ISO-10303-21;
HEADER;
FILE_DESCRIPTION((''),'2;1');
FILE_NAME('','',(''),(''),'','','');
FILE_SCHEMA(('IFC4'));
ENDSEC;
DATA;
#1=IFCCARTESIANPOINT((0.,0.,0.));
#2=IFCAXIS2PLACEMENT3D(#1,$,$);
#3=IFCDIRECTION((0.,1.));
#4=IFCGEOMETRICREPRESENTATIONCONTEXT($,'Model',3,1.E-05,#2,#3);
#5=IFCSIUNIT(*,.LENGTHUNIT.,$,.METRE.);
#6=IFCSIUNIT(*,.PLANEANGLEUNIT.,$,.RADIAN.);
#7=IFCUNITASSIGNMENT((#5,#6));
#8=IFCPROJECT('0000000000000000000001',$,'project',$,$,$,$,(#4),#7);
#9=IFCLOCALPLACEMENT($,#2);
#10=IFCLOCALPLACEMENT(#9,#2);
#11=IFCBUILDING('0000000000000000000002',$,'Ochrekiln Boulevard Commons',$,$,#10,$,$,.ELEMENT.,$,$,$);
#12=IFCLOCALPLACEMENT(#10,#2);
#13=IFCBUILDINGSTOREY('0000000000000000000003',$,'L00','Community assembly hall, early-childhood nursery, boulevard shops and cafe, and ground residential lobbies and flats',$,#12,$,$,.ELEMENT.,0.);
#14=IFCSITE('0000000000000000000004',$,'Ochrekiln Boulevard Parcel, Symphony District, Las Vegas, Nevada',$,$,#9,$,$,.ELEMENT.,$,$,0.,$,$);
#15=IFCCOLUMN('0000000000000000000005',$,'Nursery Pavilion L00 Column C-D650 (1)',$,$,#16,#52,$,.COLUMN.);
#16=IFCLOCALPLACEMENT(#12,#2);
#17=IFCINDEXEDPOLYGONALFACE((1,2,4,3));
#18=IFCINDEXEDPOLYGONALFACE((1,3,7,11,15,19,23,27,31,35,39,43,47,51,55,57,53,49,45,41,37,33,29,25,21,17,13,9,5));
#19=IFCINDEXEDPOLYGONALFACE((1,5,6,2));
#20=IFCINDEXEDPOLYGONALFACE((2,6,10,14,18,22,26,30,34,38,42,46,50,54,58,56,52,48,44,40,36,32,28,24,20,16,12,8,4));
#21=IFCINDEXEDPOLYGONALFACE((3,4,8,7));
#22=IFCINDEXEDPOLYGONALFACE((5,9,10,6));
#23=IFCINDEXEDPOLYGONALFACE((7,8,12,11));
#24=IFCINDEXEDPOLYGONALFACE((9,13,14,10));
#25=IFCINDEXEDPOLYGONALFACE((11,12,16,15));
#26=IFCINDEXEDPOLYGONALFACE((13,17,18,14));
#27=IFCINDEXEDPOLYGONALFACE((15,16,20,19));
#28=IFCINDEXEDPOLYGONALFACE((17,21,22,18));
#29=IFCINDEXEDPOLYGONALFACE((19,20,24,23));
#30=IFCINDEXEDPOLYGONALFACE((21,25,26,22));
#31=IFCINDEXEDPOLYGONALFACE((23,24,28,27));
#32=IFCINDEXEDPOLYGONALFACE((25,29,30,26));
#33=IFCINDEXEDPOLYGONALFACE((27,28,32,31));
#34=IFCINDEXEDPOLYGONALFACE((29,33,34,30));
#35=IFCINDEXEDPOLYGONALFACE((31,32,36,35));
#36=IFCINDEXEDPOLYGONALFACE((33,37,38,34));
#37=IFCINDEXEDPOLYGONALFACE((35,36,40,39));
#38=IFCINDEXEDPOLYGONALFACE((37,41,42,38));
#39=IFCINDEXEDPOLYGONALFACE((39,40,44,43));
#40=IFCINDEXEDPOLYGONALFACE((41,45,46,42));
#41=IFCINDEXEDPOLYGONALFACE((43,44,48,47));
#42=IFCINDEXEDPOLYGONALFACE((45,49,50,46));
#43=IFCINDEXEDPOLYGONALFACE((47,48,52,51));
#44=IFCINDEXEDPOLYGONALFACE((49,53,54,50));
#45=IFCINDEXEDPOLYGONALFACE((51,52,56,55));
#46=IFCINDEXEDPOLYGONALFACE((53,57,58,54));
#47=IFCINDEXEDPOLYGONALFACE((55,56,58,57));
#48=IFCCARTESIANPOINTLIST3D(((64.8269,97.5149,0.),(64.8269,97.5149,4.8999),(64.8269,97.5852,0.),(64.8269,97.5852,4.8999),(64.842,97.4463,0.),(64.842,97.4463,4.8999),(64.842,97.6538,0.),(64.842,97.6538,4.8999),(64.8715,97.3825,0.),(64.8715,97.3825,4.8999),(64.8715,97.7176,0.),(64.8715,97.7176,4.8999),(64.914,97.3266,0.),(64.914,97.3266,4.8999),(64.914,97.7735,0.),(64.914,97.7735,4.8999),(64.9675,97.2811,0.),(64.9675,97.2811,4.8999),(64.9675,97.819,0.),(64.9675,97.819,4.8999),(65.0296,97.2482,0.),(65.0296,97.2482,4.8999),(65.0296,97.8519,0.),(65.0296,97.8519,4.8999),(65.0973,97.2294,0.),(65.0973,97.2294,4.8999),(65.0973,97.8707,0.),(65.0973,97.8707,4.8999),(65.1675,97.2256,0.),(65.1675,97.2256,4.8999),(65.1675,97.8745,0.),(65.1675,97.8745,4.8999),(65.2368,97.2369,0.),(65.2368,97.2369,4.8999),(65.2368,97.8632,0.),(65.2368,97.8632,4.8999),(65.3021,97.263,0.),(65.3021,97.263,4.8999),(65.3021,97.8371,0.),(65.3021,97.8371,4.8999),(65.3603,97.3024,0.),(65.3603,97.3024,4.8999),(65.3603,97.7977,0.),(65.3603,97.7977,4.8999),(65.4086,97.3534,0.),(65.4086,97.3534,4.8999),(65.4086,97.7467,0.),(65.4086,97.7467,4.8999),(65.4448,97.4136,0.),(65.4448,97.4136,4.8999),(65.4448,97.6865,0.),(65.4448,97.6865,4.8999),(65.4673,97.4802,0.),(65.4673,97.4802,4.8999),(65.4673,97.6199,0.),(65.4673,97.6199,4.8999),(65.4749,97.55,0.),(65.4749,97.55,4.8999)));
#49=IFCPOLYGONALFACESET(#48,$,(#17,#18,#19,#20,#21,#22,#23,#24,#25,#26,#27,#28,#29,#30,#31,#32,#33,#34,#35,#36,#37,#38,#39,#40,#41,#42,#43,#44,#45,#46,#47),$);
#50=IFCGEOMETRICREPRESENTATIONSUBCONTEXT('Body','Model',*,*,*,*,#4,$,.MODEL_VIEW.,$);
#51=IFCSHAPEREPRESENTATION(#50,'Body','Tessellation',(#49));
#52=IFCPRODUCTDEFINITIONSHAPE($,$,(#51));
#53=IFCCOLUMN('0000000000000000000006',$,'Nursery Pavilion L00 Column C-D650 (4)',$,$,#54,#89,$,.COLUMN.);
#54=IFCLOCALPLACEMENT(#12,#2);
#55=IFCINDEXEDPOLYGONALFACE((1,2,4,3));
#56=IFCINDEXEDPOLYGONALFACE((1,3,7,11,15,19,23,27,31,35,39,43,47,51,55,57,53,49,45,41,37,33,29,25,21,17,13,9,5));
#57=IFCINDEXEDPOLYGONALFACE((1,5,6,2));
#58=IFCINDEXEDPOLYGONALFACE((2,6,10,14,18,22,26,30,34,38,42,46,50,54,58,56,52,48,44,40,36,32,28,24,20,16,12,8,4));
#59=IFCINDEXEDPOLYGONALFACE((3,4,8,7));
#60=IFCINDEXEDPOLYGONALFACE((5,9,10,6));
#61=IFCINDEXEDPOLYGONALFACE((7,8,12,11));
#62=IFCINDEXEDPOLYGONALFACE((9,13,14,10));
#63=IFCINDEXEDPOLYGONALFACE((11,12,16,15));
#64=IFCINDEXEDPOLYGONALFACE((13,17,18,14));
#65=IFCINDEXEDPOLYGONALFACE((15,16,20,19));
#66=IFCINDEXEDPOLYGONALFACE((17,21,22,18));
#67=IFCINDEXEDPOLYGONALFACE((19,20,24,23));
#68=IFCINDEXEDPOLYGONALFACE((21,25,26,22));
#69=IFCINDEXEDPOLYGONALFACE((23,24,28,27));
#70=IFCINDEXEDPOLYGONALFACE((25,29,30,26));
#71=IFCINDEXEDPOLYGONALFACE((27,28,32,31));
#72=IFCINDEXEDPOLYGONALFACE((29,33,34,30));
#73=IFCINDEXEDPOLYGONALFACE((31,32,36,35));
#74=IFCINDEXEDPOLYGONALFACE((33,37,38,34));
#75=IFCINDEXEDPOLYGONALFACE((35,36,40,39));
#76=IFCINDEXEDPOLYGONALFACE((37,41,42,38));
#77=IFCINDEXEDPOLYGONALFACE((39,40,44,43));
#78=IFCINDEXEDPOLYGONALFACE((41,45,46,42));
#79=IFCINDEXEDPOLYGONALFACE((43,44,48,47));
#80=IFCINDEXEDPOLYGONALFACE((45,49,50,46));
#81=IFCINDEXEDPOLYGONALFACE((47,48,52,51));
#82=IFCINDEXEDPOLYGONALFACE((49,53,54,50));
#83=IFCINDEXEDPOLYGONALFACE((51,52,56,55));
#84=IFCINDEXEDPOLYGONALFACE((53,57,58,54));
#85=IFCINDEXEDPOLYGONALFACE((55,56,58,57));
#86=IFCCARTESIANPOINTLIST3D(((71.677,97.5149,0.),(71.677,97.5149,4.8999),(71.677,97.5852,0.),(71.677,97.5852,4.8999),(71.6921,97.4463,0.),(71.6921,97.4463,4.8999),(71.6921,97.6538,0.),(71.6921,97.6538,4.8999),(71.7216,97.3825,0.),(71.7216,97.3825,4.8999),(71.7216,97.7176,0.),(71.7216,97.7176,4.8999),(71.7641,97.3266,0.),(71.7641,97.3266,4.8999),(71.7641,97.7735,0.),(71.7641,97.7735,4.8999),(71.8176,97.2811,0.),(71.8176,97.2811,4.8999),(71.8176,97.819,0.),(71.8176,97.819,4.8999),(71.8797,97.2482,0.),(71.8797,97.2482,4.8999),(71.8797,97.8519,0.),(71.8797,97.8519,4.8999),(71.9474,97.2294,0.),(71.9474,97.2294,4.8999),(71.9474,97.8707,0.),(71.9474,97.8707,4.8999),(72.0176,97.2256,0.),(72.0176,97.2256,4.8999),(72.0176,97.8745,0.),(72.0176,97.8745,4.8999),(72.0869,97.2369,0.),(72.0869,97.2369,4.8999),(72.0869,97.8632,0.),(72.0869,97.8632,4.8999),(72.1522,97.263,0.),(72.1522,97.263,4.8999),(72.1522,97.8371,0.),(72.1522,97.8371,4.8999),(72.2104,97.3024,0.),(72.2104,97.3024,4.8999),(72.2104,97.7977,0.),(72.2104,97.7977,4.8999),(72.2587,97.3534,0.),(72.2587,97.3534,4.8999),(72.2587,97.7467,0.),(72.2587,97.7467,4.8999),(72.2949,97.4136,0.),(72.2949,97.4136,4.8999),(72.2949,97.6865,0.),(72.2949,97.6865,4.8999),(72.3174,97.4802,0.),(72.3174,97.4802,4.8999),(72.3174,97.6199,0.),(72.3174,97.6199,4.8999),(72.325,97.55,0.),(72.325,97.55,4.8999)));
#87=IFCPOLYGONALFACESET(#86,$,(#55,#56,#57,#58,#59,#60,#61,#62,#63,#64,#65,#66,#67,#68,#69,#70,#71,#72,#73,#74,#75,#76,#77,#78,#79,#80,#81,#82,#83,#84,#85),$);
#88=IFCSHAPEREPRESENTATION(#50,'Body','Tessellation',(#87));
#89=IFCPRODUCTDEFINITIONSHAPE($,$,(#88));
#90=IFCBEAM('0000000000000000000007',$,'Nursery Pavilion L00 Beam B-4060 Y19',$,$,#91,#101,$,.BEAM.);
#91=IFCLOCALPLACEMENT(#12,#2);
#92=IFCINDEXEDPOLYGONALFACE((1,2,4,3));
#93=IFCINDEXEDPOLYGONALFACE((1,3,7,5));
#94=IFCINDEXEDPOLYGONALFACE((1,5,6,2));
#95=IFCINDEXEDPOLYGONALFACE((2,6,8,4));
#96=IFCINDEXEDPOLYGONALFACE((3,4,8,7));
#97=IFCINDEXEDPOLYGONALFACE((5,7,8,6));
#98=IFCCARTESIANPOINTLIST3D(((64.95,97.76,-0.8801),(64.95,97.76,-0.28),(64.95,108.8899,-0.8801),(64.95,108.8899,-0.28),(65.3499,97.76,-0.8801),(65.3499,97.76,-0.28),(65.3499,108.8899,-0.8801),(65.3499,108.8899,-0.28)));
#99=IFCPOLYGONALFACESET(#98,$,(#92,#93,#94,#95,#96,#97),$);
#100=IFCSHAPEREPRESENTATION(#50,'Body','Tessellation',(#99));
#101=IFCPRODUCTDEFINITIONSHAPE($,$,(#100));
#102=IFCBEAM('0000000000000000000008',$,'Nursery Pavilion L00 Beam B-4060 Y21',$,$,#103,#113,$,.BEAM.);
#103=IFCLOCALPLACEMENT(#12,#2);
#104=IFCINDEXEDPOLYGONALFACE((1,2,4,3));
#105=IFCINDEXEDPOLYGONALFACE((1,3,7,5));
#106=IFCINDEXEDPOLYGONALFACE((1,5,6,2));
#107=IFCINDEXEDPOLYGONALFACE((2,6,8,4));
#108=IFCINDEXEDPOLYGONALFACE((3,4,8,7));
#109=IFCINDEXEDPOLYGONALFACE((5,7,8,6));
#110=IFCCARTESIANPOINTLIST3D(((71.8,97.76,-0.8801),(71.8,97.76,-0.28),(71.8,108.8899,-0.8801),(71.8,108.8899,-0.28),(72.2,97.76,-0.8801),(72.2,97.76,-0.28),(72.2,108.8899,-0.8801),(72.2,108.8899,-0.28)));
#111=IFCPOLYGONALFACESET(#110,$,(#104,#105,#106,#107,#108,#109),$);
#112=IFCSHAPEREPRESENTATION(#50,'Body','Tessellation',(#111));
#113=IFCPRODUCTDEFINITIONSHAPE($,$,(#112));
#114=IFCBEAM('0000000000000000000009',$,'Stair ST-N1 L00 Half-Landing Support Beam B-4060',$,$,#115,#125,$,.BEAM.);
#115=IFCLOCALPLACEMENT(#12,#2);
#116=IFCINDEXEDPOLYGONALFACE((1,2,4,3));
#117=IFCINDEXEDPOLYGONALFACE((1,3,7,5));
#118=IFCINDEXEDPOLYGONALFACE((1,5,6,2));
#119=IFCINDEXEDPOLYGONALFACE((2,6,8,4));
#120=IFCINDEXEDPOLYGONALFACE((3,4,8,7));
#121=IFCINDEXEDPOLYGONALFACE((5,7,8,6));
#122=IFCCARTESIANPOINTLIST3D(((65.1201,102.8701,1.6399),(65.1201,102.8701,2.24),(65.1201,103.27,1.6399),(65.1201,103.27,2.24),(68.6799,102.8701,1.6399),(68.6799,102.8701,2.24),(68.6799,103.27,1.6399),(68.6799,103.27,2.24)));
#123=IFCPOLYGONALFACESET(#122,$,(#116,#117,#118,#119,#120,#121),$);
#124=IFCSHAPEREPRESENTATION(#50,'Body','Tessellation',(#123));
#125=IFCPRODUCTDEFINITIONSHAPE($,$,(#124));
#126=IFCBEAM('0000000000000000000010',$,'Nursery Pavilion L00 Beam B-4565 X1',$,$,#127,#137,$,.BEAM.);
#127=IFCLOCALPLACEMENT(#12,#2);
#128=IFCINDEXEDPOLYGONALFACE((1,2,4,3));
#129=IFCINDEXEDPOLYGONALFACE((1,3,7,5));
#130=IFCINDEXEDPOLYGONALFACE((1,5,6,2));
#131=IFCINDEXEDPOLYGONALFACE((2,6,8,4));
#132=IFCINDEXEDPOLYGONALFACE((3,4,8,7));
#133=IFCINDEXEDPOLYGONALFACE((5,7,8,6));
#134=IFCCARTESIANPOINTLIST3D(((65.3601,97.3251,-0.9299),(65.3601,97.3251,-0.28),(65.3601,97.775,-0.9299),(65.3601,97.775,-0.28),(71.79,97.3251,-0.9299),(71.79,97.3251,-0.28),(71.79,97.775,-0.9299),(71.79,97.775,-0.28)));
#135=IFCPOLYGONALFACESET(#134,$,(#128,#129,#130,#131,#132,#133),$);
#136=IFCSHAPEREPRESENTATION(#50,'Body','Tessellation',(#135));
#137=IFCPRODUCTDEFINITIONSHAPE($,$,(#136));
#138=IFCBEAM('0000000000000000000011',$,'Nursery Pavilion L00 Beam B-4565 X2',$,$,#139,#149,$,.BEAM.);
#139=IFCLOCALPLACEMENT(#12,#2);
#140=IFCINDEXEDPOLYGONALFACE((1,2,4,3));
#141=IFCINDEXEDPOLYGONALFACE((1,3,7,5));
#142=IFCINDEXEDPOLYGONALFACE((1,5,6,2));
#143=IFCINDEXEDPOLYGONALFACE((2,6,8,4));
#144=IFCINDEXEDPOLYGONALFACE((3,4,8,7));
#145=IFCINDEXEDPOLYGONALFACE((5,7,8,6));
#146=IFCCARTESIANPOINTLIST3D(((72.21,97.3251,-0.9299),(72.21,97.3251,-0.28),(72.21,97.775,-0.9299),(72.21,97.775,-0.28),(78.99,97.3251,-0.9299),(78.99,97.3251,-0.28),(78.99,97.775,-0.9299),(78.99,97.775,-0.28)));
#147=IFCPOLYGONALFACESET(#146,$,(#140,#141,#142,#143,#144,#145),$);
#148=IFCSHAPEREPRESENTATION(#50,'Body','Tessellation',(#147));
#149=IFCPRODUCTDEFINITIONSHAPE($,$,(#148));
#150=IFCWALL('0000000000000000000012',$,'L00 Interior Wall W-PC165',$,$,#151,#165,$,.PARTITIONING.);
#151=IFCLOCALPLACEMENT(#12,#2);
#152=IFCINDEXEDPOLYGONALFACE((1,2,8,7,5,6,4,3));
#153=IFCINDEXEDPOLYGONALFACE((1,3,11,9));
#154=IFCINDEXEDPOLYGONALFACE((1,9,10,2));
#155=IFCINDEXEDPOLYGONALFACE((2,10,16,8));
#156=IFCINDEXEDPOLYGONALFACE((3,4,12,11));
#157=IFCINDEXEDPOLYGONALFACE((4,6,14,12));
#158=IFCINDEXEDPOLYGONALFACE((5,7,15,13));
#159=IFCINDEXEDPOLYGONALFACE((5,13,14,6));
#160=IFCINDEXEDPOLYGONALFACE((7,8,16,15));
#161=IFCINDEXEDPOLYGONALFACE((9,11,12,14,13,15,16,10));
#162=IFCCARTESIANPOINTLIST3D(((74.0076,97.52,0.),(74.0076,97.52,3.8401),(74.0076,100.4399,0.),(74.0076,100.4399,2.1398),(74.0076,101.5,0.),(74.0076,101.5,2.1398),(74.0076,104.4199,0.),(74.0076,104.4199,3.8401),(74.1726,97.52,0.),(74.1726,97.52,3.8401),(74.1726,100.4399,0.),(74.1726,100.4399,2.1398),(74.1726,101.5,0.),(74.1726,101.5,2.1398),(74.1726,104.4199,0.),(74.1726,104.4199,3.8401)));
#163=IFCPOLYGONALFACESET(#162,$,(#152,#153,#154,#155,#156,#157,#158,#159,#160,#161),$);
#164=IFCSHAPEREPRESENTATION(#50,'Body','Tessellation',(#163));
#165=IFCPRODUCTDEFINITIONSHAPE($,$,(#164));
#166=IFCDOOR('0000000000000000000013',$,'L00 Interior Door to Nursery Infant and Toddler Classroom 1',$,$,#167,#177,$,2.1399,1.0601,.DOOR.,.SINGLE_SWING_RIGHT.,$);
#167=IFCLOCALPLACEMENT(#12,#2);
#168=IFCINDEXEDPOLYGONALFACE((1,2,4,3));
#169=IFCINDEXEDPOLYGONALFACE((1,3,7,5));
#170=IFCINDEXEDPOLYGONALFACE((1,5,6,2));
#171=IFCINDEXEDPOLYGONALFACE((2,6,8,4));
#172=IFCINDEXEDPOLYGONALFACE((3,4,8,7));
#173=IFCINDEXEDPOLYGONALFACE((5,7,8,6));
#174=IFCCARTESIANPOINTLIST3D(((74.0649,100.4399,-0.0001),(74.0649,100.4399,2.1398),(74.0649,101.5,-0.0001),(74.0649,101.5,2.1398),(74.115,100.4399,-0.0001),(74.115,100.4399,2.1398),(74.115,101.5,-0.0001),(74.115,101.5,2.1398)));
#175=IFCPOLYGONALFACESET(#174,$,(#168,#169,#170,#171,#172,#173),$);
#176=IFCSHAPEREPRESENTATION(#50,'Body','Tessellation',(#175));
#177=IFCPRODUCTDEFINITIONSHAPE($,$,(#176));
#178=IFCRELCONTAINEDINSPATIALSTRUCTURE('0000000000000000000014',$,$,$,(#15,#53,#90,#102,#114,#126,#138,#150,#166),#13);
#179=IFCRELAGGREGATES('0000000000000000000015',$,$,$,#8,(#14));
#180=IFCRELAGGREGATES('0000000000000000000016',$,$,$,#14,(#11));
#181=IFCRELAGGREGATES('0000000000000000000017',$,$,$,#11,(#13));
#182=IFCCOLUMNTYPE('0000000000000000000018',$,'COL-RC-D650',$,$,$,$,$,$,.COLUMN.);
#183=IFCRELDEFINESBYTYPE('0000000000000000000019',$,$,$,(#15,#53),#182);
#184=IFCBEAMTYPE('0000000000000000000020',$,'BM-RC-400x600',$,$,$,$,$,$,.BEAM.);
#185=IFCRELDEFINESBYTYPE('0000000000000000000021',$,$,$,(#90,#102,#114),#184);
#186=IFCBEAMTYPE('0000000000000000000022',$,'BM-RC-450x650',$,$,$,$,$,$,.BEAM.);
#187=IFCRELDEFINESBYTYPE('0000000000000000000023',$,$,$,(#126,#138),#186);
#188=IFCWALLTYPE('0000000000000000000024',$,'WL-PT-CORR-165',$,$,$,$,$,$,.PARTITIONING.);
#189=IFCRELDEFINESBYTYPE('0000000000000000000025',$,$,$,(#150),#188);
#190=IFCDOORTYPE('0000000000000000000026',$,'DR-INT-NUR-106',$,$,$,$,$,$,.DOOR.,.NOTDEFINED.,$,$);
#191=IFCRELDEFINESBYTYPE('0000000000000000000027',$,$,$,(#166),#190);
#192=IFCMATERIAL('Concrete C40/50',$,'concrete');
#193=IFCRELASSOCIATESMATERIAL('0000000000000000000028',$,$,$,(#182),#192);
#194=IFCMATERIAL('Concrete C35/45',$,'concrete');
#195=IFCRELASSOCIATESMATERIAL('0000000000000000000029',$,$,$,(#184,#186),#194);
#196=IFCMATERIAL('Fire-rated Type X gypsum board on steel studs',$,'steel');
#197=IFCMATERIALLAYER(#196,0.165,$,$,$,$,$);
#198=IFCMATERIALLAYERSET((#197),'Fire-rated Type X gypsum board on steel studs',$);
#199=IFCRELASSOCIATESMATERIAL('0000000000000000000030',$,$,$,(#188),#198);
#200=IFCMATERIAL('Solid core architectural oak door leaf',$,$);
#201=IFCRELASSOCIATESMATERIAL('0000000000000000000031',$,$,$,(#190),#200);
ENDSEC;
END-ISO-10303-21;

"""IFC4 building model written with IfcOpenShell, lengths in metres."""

from ifc_helpers import new_model, si_unit, direction, frame, frame_2d, origin, origin_2d, place, context, subcontext, project, spatial, rectangle, circle, extrude, material, layer, layer_set, material_profile, profile_set, type_object, element, fill, save


model = new_model("IFC4")

# Units and contexts
model_context = context("Model", 3, precision=1e-05, world=origin(), true_north=direction((0.0, 1.0)))
body_context = subcontext(model_context, "Body", "Model", "MODEL_VIEW")
ifc_project = project(units=[si_unit("LENGTHUNIT", "METRE"), si_unit("PLANEANGLEUNIT", "RADIAN")], contexts=[model_context])

# Site, building, storey
site_placement = place(None, origin())
site = spatial("IfcSite", under=ifc_project, at=site_placement, Name="Ochrekiln Boulevard Parcel, Symphony District, Las Vegas, Nevada", CompositionType="ELEMENT", RefElevation=0.0)
building_placement = place(site_placement, origin())
building = spatial("IfcBuilding", under=site, at=building_placement, Name="Ochrekiln Boulevard Commons", CompositionType="ELEMENT")
storey_placement = place(building_placement, origin())
storey = spatial("IfcBuildingStorey", under=building, at=storey_placement, Name="L00", Description="Community assembly hall, early-childhood nursery, boulevard shops and cafe, and ground residential lobbies and flats", CompositionType="ELEMENT", Elevation=0.0)

# Columns
ifc_material_1 = material(Name="Concrete C40/50", Category="concrete")
ifc_material_profile_1 = material_profile(ifc_material_1, circle(Radius=0.325, at=origin_2d()), Name="RC-COL-D650")
ifc_profile_set_1 = profile_set([ifc_material_profile_1], Name="Concrete C40/50")
column_type = type_object("IfcColumnType", Name="COL-RC-D650", PredefinedType="COLUMN", material=ifc_profile_set_1)
for number, where, z_axis, x_axis, name in (
    (1, (65.1499, 97.55, 0.0), (0.0, 0.0, 1.0), (1.0, 0.0, 0.0), "Nursery Pavilion L00 Column C-D650 (1)"),
    (2, (72.0, 97.55, 0.0), (0.0, 0.0, 1.0), (1.0, 0.0, 0.0), "Nursery Pavilion L00 Column C-D650 (4)"),
):
    element("IfcColumn", number, at=place(storey_placement, frame(where, z_axis=z_axis, x_axis=x_axis)), inside=storey, type_object=column_type, Name=name, PredefinedType="COLUMN", context=body_context, shape_type="SweptSolid", body=[
        extrude(circle(Radius=0.325, at=origin_2d()), origin(), (0.0, 0.0, 1.0), 4.8999),
    ])

# Beams
ifc_material_2 = material(Name="Concrete C35/45", Category="concrete")
ifc_material_profile_2 = material_profile(ifc_material_2, rectangle(XDim=0.3999, YDim=0.6001, at=origin_2d()), Name="RC-BM-400x600")
ifc_profile_set_2 = profile_set([ifc_material_profile_2], Name="Concrete C35/45")
beam_type_1 = type_object("IfcBeamType", Name="BM-RC-400x600", PredefinedType="BEAM", material=ifc_profile_set_2)
for number, where, z_axis, x_axis, name in (
    (3, (65.1499, 97.76, -0.5801), (0.0, 1.0, 0.0), (-1.0, 0.0, 0.0), "Nursery Pavilion L00 Beam B-4060 Y19"),
    (4, (72.0, 97.76, -0.5801), (0.0, 1.0, 0.0), (-1.0, 0.0, 0.0), "Nursery Pavilion L00 Beam B-4060 Y21"),
):
    element("IfcBeam", number, at=place(storey_placement, frame(where, z_axis=z_axis, x_axis=x_axis)), inside=storey, type_object=beam_type_1, Name=name, PredefinedType="BEAM", context=body_context, shape_type="SweptSolid", body=[
        extrude(rectangle(XDim=0.3999, YDim=0.6001, at=origin_2d()), origin(), (0.0, 0.0, 1.0), 11.1299),
    ])
beam_1_placement = place(storey_placement, frame((65.1201, 103.0701, 1.9399), z_axis=(1.0, 0.0, 0.0), x_axis=(0.0, 1.0, 0.0)))
element("IfcBeam", 5, at=beam_1_placement, inside=storey, type_object=beam_type_1, Name="Stair ST-N1 L00 Half-Landing Support Beam B-4060", PredefinedType="BEAM", context=body_context, shape_type="SweptSolid", body=[
    extrude(rectangle(XDim=0.3999, YDim=0.6001, at=origin_2d()), origin(), (0.0, 0.0, 1.0), 3.5598),
])
ifc_material_profile_3 = material_profile(ifc_material_2, rectangle(XDim=0.45, YDim=0.6499, at=origin_2d()), Name="RC-BM-450x650")
ifc_profile_set_3 = profile_set([ifc_material_profile_3], Name="Concrete C35/45")
beam_type_2 = type_object("IfcBeamType", Name="BM-RC-450x650", PredefinedType="BEAM", material=ifc_profile_set_3)
beam_2_placement = place(storey_placement, frame((65.3601, 97.55, -0.605), z_axis=(1.0, 0.0, 0.0), x_axis=(0.0, 1.0, 0.0)))
element("IfcBeam", 6, at=beam_2_placement, inside=storey, type_object=beam_type_2, Name="Nursery Pavilion L00 Beam B-4565 X1", PredefinedType="BEAM", context=body_context, shape_type="SweptSolid", body=[
    extrude(rectangle(XDim=0.45, YDim=0.6499, at=origin_2d()), origin(), (0.0, 0.0, 1.0), 6.4299),
])
beam_3_placement = place(storey_placement, frame((72.21, 97.55, -0.605), z_axis=(1.0, 0.0, 0.0), x_axis=(0.0, 1.0, 0.0)))
element("IfcBeam", 7, at=beam_3_placement, inside=storey, type_object=beam_type_2, Name="Nursery Pavilion L00 Beam B-4565 X2", PredefinedType="BEAM", context=body_context, shape_type="SweptSolid", body=[
    extrude(rectangle(XDim=0.45, YDim=0.6499, at=origin_2d()), origin(), (0.0, 0.0, 1.0), 6.78),
])

# Wall, opening, door
ifc_material_3 = material(Name="Fire-rated Type X gypsum board on steel studs", Category="steel")
ifc_layer_1 = layer(ifc_material_3, 0.165)
ifc_layer_set_1 = layer_set([ifc_layer_1], Name="Fire-rated Type X gypsum board on steel studs")
wall_type_1 = type_object("IfcWallType", Name="WL-PT-CORR-165", PredefinedType="PARTITIONING", material=ifc_layer_set_1)
wall_1_placement = place(storey_placement, frame((74.0901, 97.52, 0.0), z_axis=(0.0, 0.0, 1.0), x_axis=(0.0, 1.0, 0.0)))
wall_1 = element("IfcWall", 8, at=wall_1_placement, inside=storey, type_object=wall_type_1, Name="L00 Interior Wall W-PC165", PredefinedType="PARTITIONING", context=body_context, shape_type="SweptSolid", body=[
    extrude(rectangle(XDim=6.8999, YDim=0.165, at=frame_2d((3.45, 0.0))), origin(), (0.0, 0.0, 1.0), 3.8401),
])
opening_1_placement = place(wall_1_placement, frame((2.9199, 0.0, 0.0)))
opening_1 = element("IfcOpeningElement", 9, at=opening_1_placement, cuts=wall_1, PredefinedType="OPENING", context=body_context, shape_type="SweptSolid", body=[
    extrude(rectangle(XDim=1.0601, YDim=2.1399, at=frame_2d((0.53, 1.0698))), frame((0.0, 0.0925, 0.0), z_axis=(0.0, -1.0, 0.0), x_axis=(1.0, 0.0, 0.0)), (0.0, 0.0, 1.0), 0.1851),
])
ifc_material_4 = material(Name="Solid core architectural oak door leaf")
door_type_1 = type_object("IfcDoorType", Name="DR-INT-NUR-106", OperationType="NOTDEFINED", PredefinedType="DOOR", material=ifc_material_4)
door_1_placement = place(opening_1_placement, frame((1.0601, 0.0, 0.0), z_axis=(0.0, 0.0, 1.0), x_axis=(-1.0, 0.0, 0.0)))
door_1 = element("IfcDoor", 10, at=door_1_placement, inside=storey, type_object=door_type_1, Name="L00 Interior Door to Nursery Infant and Toddler Classroom 1", OperationType="SINGLE_SWING_RIGHT", OverallHeight=2.1399, OverallWidth=1.0601, PredefinedType="DOOR", context=body_context, shape_type="SweptSolid", body=[
    extrude(rectangle(XDim=1.0601, YDim=2.1399, at=frame_2d((0.53, 1.0698))), frame((0.0, 0.0249, 0.0), z_axis=(0.0, -1.0, 0.0), x_axis=(1.0, 0.0, 0.0)), (0.0, 0.0, 1.0), 0.05),
])
fill(opening_1, door_1)

save(model, "model.ifc")
